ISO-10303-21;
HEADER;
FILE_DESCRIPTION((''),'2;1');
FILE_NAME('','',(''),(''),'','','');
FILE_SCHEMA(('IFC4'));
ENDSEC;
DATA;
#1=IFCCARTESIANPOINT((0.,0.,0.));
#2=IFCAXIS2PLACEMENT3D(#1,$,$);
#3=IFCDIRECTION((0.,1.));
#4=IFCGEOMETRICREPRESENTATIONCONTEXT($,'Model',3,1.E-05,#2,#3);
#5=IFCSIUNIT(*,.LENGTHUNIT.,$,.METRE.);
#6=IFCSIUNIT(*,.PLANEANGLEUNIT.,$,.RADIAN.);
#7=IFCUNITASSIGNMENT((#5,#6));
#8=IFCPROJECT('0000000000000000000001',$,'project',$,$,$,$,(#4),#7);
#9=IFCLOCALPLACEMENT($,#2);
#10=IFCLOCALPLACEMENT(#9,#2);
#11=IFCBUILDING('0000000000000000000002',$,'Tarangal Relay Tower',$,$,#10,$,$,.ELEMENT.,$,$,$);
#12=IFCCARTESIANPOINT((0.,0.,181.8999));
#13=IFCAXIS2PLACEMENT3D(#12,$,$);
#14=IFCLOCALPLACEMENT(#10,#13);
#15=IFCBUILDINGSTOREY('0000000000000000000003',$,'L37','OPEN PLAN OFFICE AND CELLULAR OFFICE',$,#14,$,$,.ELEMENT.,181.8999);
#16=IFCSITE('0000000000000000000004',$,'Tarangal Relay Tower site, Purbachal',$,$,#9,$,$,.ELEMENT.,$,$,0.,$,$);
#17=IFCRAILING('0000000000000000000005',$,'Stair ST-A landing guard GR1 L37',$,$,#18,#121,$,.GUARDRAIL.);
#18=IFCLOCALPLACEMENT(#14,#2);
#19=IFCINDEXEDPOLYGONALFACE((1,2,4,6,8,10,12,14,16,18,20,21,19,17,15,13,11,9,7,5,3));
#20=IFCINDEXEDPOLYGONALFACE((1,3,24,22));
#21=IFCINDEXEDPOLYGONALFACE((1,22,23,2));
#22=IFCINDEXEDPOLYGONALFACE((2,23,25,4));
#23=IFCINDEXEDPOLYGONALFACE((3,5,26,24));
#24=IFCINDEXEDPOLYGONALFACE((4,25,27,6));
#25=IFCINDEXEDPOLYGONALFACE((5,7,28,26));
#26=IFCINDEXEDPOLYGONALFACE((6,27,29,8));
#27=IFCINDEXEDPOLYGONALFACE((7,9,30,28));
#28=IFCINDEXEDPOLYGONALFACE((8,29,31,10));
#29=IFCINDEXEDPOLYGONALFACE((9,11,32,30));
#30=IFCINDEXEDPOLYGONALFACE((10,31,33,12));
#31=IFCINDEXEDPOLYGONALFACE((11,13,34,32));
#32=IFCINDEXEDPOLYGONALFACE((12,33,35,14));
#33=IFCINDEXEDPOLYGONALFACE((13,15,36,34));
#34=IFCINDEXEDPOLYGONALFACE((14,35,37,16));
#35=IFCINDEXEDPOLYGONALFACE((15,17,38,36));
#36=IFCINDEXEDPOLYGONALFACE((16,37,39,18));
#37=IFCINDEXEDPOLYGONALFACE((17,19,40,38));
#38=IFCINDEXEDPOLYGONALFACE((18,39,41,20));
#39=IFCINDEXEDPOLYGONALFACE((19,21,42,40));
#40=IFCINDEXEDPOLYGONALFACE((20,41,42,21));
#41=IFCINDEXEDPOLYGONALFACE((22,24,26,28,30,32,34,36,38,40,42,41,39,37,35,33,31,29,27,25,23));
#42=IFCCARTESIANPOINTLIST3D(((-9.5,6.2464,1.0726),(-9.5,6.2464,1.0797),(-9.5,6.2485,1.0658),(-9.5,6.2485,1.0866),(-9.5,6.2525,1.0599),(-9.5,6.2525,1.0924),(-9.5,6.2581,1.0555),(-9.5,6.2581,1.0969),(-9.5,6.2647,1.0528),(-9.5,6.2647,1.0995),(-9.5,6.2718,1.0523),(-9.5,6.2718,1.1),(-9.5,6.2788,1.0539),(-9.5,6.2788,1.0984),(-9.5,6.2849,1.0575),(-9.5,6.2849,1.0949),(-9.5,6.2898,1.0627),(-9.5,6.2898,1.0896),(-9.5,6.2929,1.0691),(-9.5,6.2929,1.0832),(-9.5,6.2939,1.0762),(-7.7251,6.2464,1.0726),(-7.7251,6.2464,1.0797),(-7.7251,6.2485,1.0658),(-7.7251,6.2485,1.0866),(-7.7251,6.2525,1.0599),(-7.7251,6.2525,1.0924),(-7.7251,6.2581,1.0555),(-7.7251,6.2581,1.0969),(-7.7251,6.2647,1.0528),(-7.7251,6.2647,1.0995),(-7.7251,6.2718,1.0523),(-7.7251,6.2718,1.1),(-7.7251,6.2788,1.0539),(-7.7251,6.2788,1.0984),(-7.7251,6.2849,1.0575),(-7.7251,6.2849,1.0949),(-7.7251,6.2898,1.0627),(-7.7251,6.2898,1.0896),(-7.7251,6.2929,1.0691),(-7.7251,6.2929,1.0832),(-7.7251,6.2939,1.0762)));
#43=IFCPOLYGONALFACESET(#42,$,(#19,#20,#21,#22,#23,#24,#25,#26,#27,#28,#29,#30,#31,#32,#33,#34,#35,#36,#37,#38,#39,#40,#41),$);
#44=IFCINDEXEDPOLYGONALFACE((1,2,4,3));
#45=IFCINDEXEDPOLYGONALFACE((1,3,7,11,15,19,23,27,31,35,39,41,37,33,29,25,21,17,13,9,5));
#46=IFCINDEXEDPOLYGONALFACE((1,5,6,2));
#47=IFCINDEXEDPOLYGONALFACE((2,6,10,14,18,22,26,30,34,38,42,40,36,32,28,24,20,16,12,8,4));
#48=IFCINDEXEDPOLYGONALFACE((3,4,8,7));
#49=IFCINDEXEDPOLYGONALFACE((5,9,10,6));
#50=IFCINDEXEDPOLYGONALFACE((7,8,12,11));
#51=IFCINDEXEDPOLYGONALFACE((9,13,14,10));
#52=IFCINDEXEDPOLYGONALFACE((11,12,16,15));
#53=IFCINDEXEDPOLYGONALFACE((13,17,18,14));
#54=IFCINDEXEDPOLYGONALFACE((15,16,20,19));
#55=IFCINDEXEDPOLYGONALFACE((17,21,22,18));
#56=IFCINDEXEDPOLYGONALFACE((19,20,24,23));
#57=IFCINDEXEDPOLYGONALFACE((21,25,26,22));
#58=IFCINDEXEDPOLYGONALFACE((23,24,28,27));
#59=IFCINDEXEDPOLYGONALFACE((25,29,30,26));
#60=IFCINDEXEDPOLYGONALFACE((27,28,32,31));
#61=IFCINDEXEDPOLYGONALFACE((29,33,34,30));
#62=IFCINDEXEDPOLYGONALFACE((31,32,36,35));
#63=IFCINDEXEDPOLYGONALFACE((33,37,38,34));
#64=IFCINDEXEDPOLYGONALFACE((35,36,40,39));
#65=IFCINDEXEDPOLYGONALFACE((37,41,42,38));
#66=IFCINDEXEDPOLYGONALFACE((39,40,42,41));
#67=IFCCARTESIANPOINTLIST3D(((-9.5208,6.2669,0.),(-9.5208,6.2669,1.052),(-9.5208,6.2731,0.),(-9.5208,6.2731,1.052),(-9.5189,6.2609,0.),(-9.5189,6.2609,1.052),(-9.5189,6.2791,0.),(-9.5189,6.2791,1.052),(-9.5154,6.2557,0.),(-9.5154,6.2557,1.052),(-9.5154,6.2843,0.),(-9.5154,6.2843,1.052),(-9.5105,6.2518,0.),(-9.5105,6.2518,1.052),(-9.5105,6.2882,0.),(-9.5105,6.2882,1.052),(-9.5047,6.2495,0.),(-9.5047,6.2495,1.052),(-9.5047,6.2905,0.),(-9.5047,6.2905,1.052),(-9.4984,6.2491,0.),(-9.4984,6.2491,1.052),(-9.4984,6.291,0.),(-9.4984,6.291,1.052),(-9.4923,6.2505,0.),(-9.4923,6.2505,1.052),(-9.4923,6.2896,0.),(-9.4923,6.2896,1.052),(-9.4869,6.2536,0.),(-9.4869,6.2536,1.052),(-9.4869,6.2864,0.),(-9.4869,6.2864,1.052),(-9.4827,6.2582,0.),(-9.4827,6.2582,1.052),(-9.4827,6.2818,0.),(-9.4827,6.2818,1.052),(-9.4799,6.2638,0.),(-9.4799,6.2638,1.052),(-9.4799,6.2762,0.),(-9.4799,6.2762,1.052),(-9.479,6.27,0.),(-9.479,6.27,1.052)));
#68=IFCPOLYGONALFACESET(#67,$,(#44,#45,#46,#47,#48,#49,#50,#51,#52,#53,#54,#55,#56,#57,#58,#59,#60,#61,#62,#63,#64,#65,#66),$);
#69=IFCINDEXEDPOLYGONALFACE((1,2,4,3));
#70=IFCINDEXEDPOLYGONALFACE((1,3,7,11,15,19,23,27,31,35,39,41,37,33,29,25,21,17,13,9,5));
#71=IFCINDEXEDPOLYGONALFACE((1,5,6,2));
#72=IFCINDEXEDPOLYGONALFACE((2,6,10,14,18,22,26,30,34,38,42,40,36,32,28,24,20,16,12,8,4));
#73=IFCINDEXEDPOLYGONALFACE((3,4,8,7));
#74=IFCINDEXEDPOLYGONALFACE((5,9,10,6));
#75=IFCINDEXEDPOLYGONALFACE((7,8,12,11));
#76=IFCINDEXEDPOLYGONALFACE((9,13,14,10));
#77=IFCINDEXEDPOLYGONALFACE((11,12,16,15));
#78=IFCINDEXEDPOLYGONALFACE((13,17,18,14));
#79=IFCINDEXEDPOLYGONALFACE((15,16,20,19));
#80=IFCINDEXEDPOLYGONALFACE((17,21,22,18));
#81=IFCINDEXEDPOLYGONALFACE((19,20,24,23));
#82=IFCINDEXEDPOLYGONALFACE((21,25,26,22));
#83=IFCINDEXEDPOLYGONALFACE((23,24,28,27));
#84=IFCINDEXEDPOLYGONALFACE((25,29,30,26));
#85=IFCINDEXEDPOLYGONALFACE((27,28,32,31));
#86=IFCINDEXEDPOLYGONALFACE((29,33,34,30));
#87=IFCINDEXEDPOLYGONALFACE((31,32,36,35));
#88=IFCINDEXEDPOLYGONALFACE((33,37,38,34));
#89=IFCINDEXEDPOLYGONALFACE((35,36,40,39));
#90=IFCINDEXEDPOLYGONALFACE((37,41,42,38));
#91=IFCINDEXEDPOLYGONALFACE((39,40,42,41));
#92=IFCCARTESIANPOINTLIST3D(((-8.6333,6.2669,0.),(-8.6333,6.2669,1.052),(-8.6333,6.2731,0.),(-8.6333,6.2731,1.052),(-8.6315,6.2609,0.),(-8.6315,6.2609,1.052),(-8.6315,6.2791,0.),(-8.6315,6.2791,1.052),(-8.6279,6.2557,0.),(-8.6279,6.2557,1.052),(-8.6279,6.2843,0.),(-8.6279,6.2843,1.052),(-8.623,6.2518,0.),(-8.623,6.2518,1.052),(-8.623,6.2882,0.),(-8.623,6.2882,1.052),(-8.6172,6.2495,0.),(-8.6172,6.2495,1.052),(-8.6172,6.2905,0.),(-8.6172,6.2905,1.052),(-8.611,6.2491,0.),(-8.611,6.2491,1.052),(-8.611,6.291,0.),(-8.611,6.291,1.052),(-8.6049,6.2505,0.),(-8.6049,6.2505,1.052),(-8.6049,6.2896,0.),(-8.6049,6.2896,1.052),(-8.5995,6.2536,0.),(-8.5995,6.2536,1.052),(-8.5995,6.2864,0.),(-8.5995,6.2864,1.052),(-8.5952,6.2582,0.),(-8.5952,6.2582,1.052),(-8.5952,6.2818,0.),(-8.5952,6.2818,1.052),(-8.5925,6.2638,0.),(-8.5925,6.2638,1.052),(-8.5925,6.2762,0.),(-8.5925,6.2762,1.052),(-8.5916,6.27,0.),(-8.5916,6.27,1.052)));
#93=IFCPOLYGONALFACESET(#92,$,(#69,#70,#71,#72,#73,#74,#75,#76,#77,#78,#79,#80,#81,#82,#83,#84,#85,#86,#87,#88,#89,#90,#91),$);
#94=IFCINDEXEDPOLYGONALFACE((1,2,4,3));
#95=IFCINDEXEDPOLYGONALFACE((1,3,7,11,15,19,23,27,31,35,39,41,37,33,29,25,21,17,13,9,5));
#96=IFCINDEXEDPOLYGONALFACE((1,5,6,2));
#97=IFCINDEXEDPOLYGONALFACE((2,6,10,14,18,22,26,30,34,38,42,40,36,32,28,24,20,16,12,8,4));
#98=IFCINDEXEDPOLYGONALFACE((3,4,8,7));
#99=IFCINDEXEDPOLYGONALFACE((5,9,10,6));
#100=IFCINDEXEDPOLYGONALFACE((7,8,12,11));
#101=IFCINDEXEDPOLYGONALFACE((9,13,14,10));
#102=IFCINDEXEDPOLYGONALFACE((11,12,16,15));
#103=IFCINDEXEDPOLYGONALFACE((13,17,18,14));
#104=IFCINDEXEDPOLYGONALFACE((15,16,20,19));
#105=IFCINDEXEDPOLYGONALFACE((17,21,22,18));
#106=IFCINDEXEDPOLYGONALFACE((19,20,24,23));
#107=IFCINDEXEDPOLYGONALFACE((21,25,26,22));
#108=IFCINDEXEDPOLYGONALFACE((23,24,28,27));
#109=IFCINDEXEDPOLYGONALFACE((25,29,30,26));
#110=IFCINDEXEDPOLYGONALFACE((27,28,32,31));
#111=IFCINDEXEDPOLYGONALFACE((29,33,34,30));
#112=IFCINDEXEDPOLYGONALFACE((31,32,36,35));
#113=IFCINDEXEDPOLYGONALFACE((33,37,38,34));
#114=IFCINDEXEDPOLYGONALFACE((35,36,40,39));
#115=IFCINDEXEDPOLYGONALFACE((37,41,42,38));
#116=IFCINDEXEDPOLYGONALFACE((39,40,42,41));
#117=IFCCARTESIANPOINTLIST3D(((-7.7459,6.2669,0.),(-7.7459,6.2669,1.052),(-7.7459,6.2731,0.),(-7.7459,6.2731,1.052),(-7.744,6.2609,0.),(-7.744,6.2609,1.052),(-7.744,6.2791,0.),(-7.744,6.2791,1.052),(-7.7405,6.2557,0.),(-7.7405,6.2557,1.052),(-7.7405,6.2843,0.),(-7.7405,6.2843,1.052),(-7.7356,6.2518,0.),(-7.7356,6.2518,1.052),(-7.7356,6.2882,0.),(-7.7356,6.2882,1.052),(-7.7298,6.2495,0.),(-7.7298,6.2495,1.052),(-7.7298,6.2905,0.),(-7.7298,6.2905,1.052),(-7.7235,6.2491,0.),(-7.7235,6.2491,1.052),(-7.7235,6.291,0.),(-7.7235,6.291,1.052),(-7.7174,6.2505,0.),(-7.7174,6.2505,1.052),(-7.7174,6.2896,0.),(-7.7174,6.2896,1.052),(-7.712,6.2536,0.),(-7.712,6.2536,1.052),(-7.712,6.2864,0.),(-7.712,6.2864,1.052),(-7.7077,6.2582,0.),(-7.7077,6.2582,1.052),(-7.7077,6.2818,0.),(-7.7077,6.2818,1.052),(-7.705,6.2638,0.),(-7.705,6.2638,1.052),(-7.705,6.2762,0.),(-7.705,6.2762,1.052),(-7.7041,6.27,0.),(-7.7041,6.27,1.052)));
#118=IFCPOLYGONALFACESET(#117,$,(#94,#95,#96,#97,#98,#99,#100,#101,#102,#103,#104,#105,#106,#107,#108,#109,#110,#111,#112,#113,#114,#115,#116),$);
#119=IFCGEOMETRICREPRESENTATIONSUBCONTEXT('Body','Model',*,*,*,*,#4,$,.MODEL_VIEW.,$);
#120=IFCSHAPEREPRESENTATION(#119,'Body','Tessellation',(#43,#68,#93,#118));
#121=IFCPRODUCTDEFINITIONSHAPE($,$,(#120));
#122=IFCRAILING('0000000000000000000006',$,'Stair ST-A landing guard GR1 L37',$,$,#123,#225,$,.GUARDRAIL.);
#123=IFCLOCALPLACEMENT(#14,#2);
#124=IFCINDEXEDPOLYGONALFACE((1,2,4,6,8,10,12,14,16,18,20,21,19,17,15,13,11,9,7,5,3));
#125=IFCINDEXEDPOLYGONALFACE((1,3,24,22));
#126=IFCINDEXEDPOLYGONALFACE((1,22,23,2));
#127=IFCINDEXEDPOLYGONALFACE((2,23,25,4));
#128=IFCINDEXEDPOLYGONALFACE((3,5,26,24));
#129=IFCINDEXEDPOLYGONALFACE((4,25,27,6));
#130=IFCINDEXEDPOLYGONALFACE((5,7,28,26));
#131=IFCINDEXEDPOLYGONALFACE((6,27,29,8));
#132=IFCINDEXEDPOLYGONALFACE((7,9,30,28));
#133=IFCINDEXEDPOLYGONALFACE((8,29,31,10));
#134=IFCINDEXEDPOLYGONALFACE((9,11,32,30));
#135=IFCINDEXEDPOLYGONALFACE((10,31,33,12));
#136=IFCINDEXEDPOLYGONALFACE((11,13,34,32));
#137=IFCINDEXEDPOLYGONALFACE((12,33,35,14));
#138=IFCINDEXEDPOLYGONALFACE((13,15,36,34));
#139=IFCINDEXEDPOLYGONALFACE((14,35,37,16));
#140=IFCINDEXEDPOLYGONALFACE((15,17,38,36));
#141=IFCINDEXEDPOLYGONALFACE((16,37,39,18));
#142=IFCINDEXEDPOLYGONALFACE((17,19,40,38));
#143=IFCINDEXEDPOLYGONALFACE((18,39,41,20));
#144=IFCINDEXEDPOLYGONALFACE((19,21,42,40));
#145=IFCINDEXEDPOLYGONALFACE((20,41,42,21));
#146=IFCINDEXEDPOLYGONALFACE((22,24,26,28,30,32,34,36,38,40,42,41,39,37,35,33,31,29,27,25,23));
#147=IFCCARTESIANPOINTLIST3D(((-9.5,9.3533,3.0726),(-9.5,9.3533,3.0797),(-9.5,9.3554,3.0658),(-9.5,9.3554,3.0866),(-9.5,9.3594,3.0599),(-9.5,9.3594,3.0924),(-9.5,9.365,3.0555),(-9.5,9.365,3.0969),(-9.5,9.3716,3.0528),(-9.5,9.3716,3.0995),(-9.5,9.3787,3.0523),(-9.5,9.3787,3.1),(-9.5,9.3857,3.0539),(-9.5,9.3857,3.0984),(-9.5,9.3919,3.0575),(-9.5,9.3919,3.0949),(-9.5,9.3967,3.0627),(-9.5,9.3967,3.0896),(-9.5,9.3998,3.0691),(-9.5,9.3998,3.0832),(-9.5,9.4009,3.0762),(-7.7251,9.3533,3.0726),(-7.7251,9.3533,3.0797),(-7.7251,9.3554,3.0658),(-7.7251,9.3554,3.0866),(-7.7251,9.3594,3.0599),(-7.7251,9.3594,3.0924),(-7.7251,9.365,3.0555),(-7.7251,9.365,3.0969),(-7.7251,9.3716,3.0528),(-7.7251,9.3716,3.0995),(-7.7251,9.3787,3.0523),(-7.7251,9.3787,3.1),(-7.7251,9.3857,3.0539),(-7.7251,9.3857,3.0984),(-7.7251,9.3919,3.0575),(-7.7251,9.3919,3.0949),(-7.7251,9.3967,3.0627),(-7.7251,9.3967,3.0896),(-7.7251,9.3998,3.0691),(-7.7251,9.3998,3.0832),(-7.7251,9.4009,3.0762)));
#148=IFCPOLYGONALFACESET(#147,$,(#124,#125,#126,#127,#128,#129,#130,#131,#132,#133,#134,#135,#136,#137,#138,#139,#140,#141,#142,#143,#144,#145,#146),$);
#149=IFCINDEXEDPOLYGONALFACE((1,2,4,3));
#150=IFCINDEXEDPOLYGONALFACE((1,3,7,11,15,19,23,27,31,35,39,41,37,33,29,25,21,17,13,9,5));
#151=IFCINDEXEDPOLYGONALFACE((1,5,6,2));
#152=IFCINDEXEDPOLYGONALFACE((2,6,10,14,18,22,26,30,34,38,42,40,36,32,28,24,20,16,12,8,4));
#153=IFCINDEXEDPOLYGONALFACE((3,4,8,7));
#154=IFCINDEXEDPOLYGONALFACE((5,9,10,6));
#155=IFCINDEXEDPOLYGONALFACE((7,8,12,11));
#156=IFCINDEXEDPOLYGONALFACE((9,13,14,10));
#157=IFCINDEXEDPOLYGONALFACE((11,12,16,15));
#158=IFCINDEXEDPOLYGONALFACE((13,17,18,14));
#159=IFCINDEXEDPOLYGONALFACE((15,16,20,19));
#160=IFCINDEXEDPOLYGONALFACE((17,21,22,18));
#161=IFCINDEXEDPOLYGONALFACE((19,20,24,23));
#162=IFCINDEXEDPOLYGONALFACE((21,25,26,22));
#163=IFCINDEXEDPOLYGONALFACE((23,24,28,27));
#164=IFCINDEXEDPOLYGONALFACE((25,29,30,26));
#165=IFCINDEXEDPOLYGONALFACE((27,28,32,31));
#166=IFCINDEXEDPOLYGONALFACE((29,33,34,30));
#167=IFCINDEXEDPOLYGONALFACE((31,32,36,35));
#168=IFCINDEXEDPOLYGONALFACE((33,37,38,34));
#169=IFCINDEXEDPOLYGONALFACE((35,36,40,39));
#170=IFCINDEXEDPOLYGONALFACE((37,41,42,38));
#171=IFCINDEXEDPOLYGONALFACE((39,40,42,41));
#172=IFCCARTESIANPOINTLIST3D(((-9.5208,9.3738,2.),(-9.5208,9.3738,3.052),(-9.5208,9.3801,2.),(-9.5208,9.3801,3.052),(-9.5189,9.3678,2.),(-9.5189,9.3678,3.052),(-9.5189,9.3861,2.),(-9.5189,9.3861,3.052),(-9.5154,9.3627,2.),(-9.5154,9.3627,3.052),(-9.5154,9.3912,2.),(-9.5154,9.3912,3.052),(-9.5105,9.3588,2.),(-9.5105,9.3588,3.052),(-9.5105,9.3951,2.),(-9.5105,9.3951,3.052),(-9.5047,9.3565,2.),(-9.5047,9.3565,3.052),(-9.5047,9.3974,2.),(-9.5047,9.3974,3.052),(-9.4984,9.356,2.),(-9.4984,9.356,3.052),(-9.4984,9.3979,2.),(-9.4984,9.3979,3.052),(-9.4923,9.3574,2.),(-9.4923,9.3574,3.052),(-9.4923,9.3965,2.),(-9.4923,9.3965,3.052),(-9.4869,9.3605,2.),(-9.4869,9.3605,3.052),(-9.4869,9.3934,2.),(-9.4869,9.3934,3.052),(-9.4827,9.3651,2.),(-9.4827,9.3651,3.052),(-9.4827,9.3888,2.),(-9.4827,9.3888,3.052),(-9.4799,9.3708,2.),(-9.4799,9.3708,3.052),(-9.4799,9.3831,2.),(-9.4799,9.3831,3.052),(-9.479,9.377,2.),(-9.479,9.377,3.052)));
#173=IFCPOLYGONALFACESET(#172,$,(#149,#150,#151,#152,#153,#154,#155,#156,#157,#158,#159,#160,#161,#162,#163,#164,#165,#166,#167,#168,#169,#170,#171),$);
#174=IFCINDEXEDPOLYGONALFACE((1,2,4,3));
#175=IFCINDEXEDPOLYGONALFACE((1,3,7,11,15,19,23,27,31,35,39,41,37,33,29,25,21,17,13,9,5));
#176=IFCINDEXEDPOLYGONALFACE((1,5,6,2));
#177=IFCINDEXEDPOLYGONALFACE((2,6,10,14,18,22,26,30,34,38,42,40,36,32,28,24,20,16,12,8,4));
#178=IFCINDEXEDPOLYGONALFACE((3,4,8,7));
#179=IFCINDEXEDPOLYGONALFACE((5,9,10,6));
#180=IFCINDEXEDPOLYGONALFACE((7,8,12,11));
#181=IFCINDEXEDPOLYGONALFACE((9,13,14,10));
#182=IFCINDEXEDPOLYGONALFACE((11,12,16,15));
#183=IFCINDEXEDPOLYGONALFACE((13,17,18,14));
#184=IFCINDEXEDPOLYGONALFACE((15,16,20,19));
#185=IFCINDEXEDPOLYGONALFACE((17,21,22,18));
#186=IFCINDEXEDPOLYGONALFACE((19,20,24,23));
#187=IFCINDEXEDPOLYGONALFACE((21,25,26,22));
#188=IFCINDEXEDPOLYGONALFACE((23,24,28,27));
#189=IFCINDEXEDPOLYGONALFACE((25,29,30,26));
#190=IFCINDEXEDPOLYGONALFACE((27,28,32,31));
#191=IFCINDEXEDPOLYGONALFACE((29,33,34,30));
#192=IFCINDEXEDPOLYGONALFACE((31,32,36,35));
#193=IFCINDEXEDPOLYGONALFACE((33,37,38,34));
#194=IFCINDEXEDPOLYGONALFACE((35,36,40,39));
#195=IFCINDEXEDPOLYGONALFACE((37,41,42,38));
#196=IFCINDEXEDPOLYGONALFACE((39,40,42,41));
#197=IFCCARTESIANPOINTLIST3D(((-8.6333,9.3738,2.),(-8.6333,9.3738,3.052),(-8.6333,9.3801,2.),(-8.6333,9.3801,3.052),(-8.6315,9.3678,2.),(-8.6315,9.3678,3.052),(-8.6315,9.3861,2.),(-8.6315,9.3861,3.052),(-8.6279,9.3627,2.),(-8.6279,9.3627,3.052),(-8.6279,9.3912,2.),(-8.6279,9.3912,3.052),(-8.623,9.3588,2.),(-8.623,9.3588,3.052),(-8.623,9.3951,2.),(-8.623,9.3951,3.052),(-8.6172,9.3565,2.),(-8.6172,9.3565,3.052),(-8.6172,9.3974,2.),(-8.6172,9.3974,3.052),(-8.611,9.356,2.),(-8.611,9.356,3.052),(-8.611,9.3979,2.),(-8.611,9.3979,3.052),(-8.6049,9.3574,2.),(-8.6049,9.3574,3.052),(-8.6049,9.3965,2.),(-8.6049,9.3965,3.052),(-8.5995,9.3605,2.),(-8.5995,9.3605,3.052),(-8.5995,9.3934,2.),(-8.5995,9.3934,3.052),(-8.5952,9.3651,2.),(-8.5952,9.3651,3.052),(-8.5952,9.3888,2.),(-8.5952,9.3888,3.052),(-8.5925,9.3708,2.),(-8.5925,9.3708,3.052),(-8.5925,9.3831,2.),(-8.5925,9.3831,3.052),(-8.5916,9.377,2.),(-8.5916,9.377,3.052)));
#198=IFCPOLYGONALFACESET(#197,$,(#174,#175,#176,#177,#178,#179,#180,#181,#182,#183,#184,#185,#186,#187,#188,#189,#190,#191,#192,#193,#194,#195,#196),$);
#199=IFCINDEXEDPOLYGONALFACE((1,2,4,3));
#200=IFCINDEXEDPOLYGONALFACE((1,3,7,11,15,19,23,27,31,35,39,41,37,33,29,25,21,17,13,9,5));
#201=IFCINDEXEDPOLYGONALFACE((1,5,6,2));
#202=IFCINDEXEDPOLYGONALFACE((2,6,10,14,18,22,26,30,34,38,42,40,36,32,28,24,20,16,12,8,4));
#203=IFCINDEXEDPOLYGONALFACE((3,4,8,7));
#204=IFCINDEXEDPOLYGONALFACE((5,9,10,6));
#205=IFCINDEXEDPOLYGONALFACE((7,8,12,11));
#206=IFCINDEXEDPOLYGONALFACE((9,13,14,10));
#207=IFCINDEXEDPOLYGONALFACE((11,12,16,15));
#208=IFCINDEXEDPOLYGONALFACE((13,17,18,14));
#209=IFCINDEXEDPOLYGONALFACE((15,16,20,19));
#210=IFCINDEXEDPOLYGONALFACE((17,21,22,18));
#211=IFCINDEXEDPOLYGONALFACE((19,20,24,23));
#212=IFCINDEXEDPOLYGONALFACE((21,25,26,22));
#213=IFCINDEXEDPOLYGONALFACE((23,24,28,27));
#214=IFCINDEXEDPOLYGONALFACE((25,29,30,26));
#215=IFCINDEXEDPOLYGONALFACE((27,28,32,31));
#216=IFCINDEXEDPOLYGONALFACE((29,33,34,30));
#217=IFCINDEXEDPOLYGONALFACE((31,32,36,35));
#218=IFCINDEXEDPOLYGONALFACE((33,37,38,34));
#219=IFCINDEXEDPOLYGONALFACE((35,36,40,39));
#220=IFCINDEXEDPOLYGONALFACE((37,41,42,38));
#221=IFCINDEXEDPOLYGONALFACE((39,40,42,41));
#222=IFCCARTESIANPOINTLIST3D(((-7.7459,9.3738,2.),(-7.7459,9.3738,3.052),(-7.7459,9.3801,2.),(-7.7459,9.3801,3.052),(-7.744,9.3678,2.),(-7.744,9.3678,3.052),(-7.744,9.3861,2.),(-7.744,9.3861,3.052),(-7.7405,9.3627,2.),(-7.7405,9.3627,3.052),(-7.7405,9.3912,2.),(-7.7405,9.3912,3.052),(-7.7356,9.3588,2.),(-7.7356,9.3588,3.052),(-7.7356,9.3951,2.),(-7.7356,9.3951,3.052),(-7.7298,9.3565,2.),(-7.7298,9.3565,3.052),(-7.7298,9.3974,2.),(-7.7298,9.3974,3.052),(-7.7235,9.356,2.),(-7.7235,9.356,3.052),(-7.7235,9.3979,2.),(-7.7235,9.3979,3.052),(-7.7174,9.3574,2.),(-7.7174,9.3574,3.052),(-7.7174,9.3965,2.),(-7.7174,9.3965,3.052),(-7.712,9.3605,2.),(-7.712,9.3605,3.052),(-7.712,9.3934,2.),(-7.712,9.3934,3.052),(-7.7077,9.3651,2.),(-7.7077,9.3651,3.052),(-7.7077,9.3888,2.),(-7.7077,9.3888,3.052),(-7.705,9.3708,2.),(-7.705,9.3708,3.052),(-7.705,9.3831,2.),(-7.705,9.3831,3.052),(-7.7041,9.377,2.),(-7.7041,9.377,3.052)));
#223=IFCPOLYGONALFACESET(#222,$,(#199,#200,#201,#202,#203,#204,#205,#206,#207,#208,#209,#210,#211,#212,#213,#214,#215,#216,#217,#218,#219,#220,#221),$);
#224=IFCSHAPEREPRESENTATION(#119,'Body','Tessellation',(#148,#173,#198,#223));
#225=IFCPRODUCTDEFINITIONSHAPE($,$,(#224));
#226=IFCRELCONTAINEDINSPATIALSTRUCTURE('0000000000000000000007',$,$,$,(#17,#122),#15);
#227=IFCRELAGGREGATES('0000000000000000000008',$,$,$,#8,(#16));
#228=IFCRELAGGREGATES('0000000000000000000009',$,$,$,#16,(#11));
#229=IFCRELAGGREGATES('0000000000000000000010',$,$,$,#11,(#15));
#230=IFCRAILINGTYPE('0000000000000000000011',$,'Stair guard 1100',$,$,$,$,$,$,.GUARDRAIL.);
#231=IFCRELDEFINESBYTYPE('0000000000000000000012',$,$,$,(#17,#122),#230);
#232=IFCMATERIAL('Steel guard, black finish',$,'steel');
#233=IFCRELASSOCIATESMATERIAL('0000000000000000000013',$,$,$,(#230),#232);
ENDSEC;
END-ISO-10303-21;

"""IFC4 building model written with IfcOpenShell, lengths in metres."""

from ifc_helpers import new_model, si_unit, direction, frame, origin, origin_2d, place, context, subcontext, project, spatial, circle, extrude, material, type_object, element, save


model = new_model("IFC4")

# Units and contexts
model_context = context("Model", 3, precision=1e-05, world=origin(), true_north=direction((0.0, 1.0)))
body_context = subcontext(model_context, "Body", "Model", "MODEL_VIEW")
ifc_project = project(units=[si_unit("LENGTHUNIT", "METRE"), si_unit("PLANEANGLEUNIT", "RADIAN")], contexts=[model_context])

# Site, building, storey
site_placement = place(None, origin())
site = spatial("IfcSite", under=ifc_project, at=site_placement, Name="Tarangal Relay Tower site, Purbachal", CompositionType="ELEMENT", RefElevation=0.0)
building_placement = place(site_placement, origin())
building = spatial("IfcBuilding", under=site, at=building_placement, Name="Tarangal Relay Tower", CompositionType="ELEMENT")
storey_placement = place(building_placement, frame((0.0, 0.0, 181.8999)))
storey = spatial("IfcBuildingStorey", under=building, at=storey_placement, Name="L37", Description="OPEN PLAN OFFICE AND CELLULAR OFFICE", CompositionType="ELEMENT", Elevation=181.8999)

# Railings
ifc_material_1 = material(Name="Steel guard, black finish", Category="steel")
railing_type_1 = type_object("IfcRailingType", Name="Stair guard 1100", PredefinedType="GUARDRAIL", material=ifc_material_1)
for number, where, name in (
    (1, (-9.5, 6.27, 0.0), "Stair ST-A landing guard GR1 L37"),
    (2, (-9.5, 9.377, 2.0), "Stair ST-A landing guard GR1 L37"),
):
    element("IfcRailing", number, at=place(storey_placement, frame(where)), inside=storey, type_object=railing_type_1, Name=name, PredefinedType="GUARDRAIL", context=body_context, shape_type="SweptSolid", body=[
        extrude(circle(Radius=0.0239, at=origin_2d()), frame((0.0, 0.0, 1.0762), z_axis=(1.0, 0.0, 0.0), x_axis=(0.0, 1.0, 0.0)), (0.0, 0.0, 1.0), 1.7749),
        extrude(circle(Radius=0.021, at=origin_2d()), origin(), (0.0, 0.0, 1.0), 1.052),
        extrude(circle(Radius=0.021, at=origin_2d()), frame((0.8875, 0.0, 0.0)), (0.0, 0.0, 1.0), 1.052),
        extrude(circle(Radius=0.021, at=origin_2d()), frame((1.7749, 0.0, 0.0)), (0.0, 0.0, 1.0), 1.052),
    ])

save(model, "model.ifc")
